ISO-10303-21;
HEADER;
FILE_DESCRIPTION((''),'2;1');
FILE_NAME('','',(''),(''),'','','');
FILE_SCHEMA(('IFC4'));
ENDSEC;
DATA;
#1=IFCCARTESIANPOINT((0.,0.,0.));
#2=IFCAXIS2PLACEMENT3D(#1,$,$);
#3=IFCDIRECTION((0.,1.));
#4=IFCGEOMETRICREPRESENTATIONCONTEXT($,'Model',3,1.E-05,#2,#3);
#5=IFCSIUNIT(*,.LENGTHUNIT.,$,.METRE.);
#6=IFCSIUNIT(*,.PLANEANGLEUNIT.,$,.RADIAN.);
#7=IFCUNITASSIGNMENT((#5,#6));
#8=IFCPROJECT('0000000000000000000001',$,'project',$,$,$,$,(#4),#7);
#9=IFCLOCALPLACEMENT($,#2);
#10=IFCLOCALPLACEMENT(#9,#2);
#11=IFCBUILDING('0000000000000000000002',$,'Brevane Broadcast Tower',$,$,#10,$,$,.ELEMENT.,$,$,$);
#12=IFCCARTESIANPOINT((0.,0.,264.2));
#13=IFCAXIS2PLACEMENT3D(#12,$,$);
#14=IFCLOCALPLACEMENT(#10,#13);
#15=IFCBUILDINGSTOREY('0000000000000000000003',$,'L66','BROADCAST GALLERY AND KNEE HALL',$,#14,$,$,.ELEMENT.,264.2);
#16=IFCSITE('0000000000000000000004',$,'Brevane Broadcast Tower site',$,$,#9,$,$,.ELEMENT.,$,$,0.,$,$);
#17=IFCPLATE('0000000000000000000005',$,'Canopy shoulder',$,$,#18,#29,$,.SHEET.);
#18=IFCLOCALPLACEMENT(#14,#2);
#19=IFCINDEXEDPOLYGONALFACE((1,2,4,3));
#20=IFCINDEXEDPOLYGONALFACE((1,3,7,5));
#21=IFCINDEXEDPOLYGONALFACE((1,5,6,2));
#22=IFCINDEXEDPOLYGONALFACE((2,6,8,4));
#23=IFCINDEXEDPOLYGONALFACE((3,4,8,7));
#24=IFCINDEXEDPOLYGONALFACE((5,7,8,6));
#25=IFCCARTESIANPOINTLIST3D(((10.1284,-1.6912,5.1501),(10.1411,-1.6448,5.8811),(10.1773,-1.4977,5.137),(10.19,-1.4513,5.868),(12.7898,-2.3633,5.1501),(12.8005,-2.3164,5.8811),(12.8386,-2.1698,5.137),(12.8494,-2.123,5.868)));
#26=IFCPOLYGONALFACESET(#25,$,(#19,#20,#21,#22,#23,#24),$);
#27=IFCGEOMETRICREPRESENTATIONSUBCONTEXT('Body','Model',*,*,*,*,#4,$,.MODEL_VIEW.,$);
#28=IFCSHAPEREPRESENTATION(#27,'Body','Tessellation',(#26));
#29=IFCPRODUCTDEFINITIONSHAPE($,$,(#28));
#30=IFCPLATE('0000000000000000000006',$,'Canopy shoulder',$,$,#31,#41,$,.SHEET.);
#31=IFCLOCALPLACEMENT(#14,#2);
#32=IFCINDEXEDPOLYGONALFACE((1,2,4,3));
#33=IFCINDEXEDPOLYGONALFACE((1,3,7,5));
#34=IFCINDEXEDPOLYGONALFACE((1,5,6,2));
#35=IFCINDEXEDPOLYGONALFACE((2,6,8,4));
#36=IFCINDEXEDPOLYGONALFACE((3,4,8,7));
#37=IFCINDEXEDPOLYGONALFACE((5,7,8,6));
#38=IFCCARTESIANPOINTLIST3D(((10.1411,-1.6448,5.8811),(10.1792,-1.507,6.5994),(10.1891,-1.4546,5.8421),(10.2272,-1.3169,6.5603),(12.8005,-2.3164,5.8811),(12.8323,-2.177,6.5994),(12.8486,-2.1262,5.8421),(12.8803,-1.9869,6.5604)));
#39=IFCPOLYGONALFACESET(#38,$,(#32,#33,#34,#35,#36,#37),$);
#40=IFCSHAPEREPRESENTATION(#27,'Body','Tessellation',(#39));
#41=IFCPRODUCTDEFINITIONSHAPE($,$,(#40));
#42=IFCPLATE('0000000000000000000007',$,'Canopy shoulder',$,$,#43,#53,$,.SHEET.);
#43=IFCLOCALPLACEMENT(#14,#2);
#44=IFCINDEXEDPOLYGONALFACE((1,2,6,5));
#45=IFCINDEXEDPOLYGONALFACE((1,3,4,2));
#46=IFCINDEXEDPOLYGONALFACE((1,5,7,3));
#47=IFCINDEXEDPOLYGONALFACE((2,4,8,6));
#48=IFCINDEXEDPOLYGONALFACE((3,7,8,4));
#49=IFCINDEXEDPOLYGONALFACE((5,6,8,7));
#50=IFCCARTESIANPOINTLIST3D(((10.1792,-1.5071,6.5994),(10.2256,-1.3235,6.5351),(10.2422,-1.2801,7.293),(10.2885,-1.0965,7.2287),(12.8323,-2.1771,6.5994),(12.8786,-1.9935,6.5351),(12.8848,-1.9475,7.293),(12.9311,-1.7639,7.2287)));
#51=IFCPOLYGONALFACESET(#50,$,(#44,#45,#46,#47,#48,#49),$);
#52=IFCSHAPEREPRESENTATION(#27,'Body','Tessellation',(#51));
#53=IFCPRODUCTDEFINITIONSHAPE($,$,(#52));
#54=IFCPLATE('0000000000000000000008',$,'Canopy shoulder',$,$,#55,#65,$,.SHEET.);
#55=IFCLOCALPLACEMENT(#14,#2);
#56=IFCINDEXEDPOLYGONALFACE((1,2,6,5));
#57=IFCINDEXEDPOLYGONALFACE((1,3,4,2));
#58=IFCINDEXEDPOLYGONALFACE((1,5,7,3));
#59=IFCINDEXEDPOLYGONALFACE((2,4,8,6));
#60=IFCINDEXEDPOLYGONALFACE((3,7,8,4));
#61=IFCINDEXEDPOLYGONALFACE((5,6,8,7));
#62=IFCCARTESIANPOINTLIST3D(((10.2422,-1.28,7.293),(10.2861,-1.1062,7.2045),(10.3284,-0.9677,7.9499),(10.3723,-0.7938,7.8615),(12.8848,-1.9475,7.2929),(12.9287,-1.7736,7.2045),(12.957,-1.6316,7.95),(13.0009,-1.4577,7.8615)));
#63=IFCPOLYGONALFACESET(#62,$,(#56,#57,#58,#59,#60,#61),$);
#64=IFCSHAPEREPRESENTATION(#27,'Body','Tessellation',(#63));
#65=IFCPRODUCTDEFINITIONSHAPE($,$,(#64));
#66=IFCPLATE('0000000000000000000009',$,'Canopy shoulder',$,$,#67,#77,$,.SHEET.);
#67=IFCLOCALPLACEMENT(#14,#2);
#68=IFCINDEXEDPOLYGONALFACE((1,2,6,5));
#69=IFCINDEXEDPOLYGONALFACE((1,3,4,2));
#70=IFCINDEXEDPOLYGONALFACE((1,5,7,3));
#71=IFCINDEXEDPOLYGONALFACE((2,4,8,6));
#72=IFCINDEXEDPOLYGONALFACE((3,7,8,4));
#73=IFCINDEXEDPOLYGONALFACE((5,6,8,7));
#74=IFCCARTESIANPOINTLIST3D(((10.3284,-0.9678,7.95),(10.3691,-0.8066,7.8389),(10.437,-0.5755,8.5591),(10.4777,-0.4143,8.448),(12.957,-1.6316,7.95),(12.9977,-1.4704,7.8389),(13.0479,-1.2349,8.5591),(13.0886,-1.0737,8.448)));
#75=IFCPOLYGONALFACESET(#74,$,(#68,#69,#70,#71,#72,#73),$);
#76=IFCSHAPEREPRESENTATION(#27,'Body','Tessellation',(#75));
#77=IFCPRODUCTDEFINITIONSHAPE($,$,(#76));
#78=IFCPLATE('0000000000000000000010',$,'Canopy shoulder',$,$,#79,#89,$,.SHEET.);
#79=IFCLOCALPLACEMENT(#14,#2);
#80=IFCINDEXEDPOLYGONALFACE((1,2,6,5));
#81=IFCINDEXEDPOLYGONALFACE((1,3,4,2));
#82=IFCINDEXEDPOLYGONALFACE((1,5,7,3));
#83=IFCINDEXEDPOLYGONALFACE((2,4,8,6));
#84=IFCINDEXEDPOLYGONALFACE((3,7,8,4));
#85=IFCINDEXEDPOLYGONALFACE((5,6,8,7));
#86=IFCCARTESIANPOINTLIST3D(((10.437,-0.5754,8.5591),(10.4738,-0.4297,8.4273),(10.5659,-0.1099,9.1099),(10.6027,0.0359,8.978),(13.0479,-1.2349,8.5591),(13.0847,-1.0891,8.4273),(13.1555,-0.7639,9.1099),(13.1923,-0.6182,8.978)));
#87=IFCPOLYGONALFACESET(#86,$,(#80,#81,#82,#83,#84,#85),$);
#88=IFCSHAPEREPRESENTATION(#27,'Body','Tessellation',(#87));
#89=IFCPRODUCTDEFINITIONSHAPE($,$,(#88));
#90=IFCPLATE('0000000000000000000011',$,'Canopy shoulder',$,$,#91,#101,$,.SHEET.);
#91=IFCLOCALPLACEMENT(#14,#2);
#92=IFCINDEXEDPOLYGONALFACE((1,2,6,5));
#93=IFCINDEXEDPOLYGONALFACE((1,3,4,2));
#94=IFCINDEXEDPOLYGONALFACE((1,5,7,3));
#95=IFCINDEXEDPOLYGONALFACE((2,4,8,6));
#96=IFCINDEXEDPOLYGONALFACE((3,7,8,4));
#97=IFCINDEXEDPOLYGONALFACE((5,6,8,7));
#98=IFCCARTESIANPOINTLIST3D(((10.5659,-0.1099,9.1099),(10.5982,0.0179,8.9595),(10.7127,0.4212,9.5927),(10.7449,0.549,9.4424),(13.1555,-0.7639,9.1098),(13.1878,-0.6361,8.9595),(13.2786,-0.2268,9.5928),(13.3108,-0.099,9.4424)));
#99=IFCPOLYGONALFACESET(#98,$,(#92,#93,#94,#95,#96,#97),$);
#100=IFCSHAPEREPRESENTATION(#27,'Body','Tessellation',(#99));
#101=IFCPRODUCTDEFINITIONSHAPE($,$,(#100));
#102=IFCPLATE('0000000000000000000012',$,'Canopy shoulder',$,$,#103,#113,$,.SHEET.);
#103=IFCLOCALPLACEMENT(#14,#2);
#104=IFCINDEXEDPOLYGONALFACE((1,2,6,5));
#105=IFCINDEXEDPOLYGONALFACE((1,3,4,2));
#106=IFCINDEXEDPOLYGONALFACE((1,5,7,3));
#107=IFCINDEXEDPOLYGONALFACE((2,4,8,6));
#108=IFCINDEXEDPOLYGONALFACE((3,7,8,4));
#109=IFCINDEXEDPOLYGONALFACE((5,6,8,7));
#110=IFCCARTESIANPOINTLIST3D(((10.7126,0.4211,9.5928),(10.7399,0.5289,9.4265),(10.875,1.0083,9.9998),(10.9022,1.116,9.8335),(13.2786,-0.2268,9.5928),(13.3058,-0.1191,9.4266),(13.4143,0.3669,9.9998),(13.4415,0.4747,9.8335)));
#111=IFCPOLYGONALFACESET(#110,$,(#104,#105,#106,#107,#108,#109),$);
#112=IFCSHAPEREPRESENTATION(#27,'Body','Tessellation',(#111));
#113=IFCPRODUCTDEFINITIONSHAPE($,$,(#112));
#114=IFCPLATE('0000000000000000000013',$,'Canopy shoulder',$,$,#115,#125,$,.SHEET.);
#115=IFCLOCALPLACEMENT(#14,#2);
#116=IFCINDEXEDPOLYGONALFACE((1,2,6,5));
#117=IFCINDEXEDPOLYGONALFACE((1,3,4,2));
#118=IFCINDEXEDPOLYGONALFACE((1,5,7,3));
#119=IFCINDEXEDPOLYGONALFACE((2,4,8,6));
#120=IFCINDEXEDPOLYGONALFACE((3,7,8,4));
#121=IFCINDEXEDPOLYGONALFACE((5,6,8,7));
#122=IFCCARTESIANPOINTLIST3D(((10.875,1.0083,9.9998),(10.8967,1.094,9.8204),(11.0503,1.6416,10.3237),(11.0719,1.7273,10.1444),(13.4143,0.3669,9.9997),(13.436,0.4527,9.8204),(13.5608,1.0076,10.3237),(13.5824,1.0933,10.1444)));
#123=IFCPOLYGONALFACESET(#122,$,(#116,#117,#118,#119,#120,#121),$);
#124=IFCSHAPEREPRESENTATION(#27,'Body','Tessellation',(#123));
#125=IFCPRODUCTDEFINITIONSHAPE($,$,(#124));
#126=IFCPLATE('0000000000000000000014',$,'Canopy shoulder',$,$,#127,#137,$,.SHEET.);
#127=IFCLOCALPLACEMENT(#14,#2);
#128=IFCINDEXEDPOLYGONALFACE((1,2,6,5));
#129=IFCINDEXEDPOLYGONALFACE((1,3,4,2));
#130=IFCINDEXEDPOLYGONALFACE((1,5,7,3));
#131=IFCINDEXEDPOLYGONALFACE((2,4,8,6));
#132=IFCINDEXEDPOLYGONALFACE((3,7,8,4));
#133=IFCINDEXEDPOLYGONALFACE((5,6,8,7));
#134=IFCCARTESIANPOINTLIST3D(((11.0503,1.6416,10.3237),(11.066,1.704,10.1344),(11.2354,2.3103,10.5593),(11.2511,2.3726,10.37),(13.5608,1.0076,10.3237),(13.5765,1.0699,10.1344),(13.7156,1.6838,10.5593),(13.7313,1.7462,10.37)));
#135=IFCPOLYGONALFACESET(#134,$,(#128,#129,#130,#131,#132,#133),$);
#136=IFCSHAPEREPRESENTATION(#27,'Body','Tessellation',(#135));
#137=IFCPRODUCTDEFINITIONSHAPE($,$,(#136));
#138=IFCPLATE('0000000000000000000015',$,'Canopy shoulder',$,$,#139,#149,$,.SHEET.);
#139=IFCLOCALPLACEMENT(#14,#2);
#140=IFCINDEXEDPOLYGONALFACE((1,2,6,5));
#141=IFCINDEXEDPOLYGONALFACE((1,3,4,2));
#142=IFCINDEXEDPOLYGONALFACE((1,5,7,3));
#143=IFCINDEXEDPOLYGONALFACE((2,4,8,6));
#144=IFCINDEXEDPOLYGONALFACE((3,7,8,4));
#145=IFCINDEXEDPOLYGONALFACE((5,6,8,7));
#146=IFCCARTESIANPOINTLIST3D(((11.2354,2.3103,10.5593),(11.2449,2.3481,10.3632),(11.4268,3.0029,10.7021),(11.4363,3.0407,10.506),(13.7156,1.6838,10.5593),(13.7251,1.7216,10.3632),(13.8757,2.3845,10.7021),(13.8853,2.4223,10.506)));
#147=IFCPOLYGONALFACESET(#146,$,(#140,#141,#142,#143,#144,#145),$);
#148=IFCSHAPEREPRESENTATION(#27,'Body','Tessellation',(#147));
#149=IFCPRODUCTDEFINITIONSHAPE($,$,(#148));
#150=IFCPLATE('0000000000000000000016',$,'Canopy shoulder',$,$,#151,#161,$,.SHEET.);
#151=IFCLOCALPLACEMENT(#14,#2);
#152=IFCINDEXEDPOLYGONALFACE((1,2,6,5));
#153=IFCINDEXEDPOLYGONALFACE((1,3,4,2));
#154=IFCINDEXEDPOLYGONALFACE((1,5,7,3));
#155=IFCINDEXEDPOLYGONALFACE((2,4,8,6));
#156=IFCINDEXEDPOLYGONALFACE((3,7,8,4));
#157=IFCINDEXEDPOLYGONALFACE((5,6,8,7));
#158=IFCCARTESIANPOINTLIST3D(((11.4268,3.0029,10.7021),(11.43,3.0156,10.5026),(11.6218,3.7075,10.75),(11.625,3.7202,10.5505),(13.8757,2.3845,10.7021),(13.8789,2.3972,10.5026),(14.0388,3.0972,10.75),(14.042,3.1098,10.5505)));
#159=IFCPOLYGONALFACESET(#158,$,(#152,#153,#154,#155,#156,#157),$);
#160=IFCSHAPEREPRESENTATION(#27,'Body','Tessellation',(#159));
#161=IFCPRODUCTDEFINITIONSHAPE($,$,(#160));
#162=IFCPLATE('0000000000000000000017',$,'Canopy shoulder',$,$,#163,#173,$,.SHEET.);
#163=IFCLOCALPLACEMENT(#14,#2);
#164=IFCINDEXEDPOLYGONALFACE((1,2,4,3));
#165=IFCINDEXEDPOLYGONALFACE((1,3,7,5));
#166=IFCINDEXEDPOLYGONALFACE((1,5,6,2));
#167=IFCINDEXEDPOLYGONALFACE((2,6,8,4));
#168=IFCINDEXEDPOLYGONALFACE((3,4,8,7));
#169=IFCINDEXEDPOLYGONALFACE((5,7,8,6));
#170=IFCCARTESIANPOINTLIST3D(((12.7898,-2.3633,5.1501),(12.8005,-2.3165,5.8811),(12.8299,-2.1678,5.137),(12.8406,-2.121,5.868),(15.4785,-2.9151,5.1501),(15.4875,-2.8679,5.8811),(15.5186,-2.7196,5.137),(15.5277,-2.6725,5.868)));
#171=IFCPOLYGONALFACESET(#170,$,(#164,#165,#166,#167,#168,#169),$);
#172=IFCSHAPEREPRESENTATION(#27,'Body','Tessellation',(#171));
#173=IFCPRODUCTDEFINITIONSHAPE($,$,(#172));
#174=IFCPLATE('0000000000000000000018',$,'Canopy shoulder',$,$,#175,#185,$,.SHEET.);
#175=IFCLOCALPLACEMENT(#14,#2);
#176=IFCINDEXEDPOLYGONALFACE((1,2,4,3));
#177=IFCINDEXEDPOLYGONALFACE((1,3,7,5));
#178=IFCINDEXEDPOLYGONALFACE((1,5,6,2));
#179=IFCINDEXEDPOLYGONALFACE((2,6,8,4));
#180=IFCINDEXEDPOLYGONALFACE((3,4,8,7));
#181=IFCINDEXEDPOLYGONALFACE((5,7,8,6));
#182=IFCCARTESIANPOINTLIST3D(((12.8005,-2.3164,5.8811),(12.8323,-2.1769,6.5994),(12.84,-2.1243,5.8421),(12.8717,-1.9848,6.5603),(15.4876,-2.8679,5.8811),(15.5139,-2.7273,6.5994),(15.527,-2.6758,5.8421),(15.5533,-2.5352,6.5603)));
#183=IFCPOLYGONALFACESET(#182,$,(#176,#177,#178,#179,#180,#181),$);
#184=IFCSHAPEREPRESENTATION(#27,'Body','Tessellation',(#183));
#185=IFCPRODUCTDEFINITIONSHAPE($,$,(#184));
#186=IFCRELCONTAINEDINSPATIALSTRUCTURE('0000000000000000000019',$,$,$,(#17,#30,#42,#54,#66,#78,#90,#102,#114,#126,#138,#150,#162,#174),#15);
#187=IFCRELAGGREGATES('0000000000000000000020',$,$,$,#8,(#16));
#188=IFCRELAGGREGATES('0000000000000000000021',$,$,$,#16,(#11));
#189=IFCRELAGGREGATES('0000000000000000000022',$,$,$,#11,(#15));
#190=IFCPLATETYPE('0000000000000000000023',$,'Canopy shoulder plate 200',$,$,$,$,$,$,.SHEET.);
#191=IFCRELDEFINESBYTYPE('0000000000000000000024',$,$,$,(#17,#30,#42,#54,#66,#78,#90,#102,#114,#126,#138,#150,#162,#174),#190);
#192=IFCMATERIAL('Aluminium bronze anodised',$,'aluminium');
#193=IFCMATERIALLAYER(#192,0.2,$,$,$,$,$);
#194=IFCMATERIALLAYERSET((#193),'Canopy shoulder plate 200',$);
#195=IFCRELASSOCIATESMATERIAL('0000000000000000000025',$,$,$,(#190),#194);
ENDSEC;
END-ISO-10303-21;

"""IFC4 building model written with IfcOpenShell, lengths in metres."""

from ifc_helpers import new_model, si_unit, direction, frame, origin, place, context, subcontext, project, spatial, polyline, outline, extrude, material, layer, layer_set, type_object, element, save


model = new_model("IFC4")

# Units and contexts
model_context = context("Model", 3, precision=1e-05, world=origin(), true_north=direction((0.0, 1.0)))
body_context = subcontext(model_context, "Body", "Model", "MODEL_VIEW")
ifc_project = project(units=[si_unit("LENGTHUNIT", "METRE"), si_unit("PLANEANGLEUNIT", "RADIAN")], contexts=[model_context])

# Site, building, storey
site_placement = place(None, origin())
site = spatial("IfcSite", under=ifc_project, at=site_placement, Name="Brevane Broadcast Tower site", CompositionType="ELEMENT", RefElevation=0.0)
building_placement = place(site_placement, origin())
building = spatial("IfcBuilding", under=site, at=building_placement, Name="Brevane Broadcast Tower", CompositionType="ELEMENT")
storey_placement = place(building_placement, frame((0.0, 0.0, 264.2)))
storey = spatial("IfcBuildingStorey", under=building, at=storey_placement, Name="L66", Description="BROADCAST GALLERY AND KNEE HALL", CompositionType="ELEMENT", Elevation=264.2)

# Plates
ifc_material_1 = material(Name="Aluminium bronze anodised", Category="aluminium")
ifc_layer_1 = layer(ifc_material_1, 0.2)
ifc_layer_set_1 = layer_set([ifc_layer_1], Name="Canopy shoulder plate 200")
plate_type = type_object("IfcPlateType", Name="Canopy shoulder plate 200", PredefinedType="SHEET", material=ifc_layer_set_1)
plate_1_placement = place(storey_placement, frame((10.1284, -1.6912, 5.1501), z_axis=(-0.244331, -0.967468, 0.065636), x_axis=(0.969559, -0.244859, 0.0)))
element("IfcPlate", 1, at=plate_1_placement, inside=storey, type_object=plate_type, Name="Canopy shoulder", PredefinedType="SHEET", context=body_context, shape_type="SweptSolid", body=[
    extrude(outline(polyline([(0.0, 0.0), (2.7449, 0.0), (2.7439, 0.7325), (0.001, 0.7325), (0.0, 0.0)])), origin(), (0.0, 0.0, -1.0), 0.2),
])
plate_2_placement = place(storey_placement, frame((10.1411, -1.6448, 5.8811), z_axis=(-0.240136, -0.950931, 0.195103), x_axis=(0.969563, -0.244842, -0.000004)))
element("IfcPlate", 2, at=plate_2_placement, inside=storey, type_object=plate_type, Name="Canopy shoulder", PredefinedType="SHEET", context=body_context, shape_type="SweptSolid", body=[
    extrude(outline(polyline([(0.0, 0.0), (2.7429, 0.0), (2.7396, 0.7323), (0.0032, 0.7323), (0.0, 0.0)])), origin(), (0.0, 0.0, -1.0), 0.2),
])
plate_3_placement = place(storey_placement, frame((10.1792, -1.5071, 6.5994), z_axis=(-0.231863, -0.918099, 0.321456), x_axis=(0.96956, -0.244856, 0.000011)))
element("IfcPlate", 3, at=plate_3_placement, inside=storey, type_object=plate_type, Name="Canopy shoulder", PredefinedType="SHEET", context=body_context, shape_type="SweptSolid", body=[
    extrude(outline(polyline([(0.0, 0.0), (2.7363, 0.0), (2.7311, 0.7324), (0.0055, 0.7325), (0.0, 0.0)])), origin(), (0.0, 0.0, -1.0), 0.2),
])
plate_4_placement = place(storey_placement, frame((10.2422, -1.28, 7.293), z_axis=(-0.219626, -0.869602, 0.442219), x_axis=(0.969555, -0.244875, -0.00001)))
element("IfcPlate", 4, at=plate_4_placement, inside=storey, type_object=plate_type, Name="Canopy shoulder", PredefinedType="SHEET", context=body_context, shape_type="SweptSolid", body=[
    extrude(outline(polyline([(0.0, 0.0), (2.7256, 0.0), (2.7183, 0.7325), (0.0071, 0.7325), (0.0, 0.0)])), origin(), (0.0, 0.0, -1.0), 0.2),
])
plate_5_placement = place(storey_placement, frame((10.3284, -0.9678, 7.95), z_axis=(-0.203606, -0.806199, 0.555507), x_axis=(0.969559, -0.244857, 0.000009)))
element("IfcPlate", 5, at=plate_5_placement, inside=storey, type_object=plate_type, Name="Canopy shoulder", PredefinedType="SHEET", context=body_context, shape_type="SweptSolid", body=[
    extrude(outline(polyline([(0.0, 0.0), (2.7112, 0.0), (2.7021, 0.7325), (0.0093, 0.7326), (0.0, 0.0)])), origin(), (0.0, 0.0, -1.0), 0.2),
])
plate_6_placement = place(storey_placement, frame((10.437, -0.5754, 8.5591), z_axis=(-0.184119, -0.728983, 0.659306), x_axis=(0.969553, -0.244881, -0.000001)))
element("IfcPlate", 6, at=plate_6_placement, inside=storey, type_object=plate_type, Name="Canopy shoulder", PredefinedType="SHEET", context=body_context, shape_type="SweptSolid", body=[
    extrude(outline(polyline([(0.0, 0.0), (2.6928, 0.0), (2.6819, 0.7325), (0.011, 0.7325), (0.0, 0.0)])), origin(), (0.0, 0.0, -1.0), 0.2),
])
plate_7_placement = place(storey_placement, frame((10.5659, -0.1099, 9.1099), z_axis=(-0.161417, -0.63916, 0.751944), x_axis=(0.969556, -0.24487, -0.000011)))
element("IfcPlate", 7, at=plate_7_placement, inside=storey, type_object=plate_type, Name="Canopy shoulder", PredefinedType="SHEET", context=body_context, shape_type="SweptSolid", body=[
    extrude(outline(polyline([(0.0, 0.0), (2.6709, 0.0), (2.6587, 0.7326), (0.0122, 0.7325), (0.0, 0.0)])), origin(), (0.0, 0.0, -1.0), 0.2),
])
plate_8_placement = place(storey_placement, frame((10.7126, 0.4211, 9.5928), z_axis=(-0.136054, -0.538729, 0.83142), x_axis=(0.969563, -0.244843, 0.000011)))
element("IfcPlate", 8, at=plate_8_placement, inside=storey, type_object=plate_type, Name="Canopy shoulder", PredefinedType="SHEET", context=body_context, shape_type="SweptSolid", body=[
    extrude(outline(polyline([(0.0, 0.0), (2.6465, 0.0), (2.6327, 0.7324), (0.0137, 0.7325), (0.0, 0.0)])), origin(), (0.0, 0.0, -1.0), 0.2),
])
plate_9_placement = place(storey_placement, frame((10.875, 1.0083, 9.9998), z_axis=(-0.108303, -0.428817, 0.896876), x_axis=(0.969553, -0.24488, -0.000004)))
element("IfcPlate", 9, at=plate_9_placement, inside=storey, type_object=plate_type, Name="Canopy shoulder", PredefinedType="SHEET", context=body_context, shape_type="SweptSolid", body=[
    extrude(outline(polyline([(0.0, 0.0), (2.619, 0.0), (2.6042, 0.7325), (0.0149, 0.7325), (0.0, 0.0)])), origin(), (0.0, 0.0, -1.0), 0.2),
])
plate_10_placement = place(storey_placement, frame((11.0503, 1.6416, 10.3237), z_axis=(-0.078757, -0.311823, 0.946871), x_axis=(0.969557, -0.244866, 0.000004)))
element("IfcPlate", 10, at=plate_10_placement, inside=storey, type_object=plate_type, Name="Canopy shoulder", PredefinedType="SHEET", context=body_context, shape_type="SweptSolid", body=[
    extrude(outline(polyline([(0.0, 0.0), (2.5893, 0.0), (2.5738, 0.7325), (0.0157, 0.7326), (0.0, 0.0)])), origin(), (0.0, 0.0, -1.0), 0.2),
])
plate_11_placement = place(storey_placement, frame((11.2354, 2.3103, 10.5593), z_axis=(-0.04774, -0.189031, 0.98081), x_axis=(0.96955, -0.244892, -0.000006)))
element("IfcPlate", 11, at=plate_11_placement, inside=storey, type_object=plate_type, Name="Canopy shoulder", PredefinedType="SHEET", context=body_context, shape_type="SweptSolid", body=[
    extrude(outline(polyline([(0.0, 0.0), (2.5581, 0.0), (2.5418, 0.7326), (0.016, 0.7325), (0.0, 0.0)])), origin(), (0.0, 0.0, -1.0), 0.2),
])
plate_12_placement = place(storey_placement, frame((11.4268, 3.0029, 10.7021), z_axis=(-0.015995, -0.063342, 0.997864), x_axis=(0.969566, -0.244832, 0.0)))
element("IfcPlate", 12, at=plate_12_placement, inside=storey, type_object=plate_type, Name="Canopy shoulder", PredefinedType="SHEET", context=body_context, shape_type="SweptSolid", body=[
    extrude(outline(polyline([(0.0, 0.0), (2.5258, 0.0), (2.5095, 0.7325), (0.0166, 0.7325), (0.0, 0.0)])), origin(), (0.0, 0.0, -1.0), 0.2),
])
plate_13_placement = place(storey_placement, frame((12.7898, -2.3633, 5.1501), z_axis=(-0.200609, -0.977475, 0.065561), x_axis=(0.979583, -0.201041, 0.000001)))
element("IfcPlate", 13, at=plate_13_placement, inside=storey, type_object=plate_type, Name="Canopy shoulder", PredefinedType="SHEET", context=body_context, shape_type="SweptSolid", body=[
    extrude(outline(polyline([(0.0, 0.0), (2.7448, 0.0), (2.7441, 0.7325), (0.0011, 0.7325), (0.0, 0.0)])), origin(), (0.0, 0.0, -1.0), 0.2),
])
plate_14_placement = place(storey_placement, frame((12.8005, -2.3164, 5.8811), z_axis=(-0.19717, -0.960729, 0.195255), x_axis=(0.979583, -0.20104, -0.000004)))
element("IfcPlate", 14, at=plate_14_placement, inside=storey, type_object=plate_type, Name="Canopy shoulder", PredefinedType="SHEET", context=body_context, shape_type="SweptSolid", body=[
    extrude(outline(polyline([(0.0, 0.0), (2.743, 0.0), (2.7406, 0.7324), (0.0031, 0.7323), (0.0, 0.0)])), origin(), (0.0, 0.0, -1.0), 0.2),
])

save(model, "model.ifc")
